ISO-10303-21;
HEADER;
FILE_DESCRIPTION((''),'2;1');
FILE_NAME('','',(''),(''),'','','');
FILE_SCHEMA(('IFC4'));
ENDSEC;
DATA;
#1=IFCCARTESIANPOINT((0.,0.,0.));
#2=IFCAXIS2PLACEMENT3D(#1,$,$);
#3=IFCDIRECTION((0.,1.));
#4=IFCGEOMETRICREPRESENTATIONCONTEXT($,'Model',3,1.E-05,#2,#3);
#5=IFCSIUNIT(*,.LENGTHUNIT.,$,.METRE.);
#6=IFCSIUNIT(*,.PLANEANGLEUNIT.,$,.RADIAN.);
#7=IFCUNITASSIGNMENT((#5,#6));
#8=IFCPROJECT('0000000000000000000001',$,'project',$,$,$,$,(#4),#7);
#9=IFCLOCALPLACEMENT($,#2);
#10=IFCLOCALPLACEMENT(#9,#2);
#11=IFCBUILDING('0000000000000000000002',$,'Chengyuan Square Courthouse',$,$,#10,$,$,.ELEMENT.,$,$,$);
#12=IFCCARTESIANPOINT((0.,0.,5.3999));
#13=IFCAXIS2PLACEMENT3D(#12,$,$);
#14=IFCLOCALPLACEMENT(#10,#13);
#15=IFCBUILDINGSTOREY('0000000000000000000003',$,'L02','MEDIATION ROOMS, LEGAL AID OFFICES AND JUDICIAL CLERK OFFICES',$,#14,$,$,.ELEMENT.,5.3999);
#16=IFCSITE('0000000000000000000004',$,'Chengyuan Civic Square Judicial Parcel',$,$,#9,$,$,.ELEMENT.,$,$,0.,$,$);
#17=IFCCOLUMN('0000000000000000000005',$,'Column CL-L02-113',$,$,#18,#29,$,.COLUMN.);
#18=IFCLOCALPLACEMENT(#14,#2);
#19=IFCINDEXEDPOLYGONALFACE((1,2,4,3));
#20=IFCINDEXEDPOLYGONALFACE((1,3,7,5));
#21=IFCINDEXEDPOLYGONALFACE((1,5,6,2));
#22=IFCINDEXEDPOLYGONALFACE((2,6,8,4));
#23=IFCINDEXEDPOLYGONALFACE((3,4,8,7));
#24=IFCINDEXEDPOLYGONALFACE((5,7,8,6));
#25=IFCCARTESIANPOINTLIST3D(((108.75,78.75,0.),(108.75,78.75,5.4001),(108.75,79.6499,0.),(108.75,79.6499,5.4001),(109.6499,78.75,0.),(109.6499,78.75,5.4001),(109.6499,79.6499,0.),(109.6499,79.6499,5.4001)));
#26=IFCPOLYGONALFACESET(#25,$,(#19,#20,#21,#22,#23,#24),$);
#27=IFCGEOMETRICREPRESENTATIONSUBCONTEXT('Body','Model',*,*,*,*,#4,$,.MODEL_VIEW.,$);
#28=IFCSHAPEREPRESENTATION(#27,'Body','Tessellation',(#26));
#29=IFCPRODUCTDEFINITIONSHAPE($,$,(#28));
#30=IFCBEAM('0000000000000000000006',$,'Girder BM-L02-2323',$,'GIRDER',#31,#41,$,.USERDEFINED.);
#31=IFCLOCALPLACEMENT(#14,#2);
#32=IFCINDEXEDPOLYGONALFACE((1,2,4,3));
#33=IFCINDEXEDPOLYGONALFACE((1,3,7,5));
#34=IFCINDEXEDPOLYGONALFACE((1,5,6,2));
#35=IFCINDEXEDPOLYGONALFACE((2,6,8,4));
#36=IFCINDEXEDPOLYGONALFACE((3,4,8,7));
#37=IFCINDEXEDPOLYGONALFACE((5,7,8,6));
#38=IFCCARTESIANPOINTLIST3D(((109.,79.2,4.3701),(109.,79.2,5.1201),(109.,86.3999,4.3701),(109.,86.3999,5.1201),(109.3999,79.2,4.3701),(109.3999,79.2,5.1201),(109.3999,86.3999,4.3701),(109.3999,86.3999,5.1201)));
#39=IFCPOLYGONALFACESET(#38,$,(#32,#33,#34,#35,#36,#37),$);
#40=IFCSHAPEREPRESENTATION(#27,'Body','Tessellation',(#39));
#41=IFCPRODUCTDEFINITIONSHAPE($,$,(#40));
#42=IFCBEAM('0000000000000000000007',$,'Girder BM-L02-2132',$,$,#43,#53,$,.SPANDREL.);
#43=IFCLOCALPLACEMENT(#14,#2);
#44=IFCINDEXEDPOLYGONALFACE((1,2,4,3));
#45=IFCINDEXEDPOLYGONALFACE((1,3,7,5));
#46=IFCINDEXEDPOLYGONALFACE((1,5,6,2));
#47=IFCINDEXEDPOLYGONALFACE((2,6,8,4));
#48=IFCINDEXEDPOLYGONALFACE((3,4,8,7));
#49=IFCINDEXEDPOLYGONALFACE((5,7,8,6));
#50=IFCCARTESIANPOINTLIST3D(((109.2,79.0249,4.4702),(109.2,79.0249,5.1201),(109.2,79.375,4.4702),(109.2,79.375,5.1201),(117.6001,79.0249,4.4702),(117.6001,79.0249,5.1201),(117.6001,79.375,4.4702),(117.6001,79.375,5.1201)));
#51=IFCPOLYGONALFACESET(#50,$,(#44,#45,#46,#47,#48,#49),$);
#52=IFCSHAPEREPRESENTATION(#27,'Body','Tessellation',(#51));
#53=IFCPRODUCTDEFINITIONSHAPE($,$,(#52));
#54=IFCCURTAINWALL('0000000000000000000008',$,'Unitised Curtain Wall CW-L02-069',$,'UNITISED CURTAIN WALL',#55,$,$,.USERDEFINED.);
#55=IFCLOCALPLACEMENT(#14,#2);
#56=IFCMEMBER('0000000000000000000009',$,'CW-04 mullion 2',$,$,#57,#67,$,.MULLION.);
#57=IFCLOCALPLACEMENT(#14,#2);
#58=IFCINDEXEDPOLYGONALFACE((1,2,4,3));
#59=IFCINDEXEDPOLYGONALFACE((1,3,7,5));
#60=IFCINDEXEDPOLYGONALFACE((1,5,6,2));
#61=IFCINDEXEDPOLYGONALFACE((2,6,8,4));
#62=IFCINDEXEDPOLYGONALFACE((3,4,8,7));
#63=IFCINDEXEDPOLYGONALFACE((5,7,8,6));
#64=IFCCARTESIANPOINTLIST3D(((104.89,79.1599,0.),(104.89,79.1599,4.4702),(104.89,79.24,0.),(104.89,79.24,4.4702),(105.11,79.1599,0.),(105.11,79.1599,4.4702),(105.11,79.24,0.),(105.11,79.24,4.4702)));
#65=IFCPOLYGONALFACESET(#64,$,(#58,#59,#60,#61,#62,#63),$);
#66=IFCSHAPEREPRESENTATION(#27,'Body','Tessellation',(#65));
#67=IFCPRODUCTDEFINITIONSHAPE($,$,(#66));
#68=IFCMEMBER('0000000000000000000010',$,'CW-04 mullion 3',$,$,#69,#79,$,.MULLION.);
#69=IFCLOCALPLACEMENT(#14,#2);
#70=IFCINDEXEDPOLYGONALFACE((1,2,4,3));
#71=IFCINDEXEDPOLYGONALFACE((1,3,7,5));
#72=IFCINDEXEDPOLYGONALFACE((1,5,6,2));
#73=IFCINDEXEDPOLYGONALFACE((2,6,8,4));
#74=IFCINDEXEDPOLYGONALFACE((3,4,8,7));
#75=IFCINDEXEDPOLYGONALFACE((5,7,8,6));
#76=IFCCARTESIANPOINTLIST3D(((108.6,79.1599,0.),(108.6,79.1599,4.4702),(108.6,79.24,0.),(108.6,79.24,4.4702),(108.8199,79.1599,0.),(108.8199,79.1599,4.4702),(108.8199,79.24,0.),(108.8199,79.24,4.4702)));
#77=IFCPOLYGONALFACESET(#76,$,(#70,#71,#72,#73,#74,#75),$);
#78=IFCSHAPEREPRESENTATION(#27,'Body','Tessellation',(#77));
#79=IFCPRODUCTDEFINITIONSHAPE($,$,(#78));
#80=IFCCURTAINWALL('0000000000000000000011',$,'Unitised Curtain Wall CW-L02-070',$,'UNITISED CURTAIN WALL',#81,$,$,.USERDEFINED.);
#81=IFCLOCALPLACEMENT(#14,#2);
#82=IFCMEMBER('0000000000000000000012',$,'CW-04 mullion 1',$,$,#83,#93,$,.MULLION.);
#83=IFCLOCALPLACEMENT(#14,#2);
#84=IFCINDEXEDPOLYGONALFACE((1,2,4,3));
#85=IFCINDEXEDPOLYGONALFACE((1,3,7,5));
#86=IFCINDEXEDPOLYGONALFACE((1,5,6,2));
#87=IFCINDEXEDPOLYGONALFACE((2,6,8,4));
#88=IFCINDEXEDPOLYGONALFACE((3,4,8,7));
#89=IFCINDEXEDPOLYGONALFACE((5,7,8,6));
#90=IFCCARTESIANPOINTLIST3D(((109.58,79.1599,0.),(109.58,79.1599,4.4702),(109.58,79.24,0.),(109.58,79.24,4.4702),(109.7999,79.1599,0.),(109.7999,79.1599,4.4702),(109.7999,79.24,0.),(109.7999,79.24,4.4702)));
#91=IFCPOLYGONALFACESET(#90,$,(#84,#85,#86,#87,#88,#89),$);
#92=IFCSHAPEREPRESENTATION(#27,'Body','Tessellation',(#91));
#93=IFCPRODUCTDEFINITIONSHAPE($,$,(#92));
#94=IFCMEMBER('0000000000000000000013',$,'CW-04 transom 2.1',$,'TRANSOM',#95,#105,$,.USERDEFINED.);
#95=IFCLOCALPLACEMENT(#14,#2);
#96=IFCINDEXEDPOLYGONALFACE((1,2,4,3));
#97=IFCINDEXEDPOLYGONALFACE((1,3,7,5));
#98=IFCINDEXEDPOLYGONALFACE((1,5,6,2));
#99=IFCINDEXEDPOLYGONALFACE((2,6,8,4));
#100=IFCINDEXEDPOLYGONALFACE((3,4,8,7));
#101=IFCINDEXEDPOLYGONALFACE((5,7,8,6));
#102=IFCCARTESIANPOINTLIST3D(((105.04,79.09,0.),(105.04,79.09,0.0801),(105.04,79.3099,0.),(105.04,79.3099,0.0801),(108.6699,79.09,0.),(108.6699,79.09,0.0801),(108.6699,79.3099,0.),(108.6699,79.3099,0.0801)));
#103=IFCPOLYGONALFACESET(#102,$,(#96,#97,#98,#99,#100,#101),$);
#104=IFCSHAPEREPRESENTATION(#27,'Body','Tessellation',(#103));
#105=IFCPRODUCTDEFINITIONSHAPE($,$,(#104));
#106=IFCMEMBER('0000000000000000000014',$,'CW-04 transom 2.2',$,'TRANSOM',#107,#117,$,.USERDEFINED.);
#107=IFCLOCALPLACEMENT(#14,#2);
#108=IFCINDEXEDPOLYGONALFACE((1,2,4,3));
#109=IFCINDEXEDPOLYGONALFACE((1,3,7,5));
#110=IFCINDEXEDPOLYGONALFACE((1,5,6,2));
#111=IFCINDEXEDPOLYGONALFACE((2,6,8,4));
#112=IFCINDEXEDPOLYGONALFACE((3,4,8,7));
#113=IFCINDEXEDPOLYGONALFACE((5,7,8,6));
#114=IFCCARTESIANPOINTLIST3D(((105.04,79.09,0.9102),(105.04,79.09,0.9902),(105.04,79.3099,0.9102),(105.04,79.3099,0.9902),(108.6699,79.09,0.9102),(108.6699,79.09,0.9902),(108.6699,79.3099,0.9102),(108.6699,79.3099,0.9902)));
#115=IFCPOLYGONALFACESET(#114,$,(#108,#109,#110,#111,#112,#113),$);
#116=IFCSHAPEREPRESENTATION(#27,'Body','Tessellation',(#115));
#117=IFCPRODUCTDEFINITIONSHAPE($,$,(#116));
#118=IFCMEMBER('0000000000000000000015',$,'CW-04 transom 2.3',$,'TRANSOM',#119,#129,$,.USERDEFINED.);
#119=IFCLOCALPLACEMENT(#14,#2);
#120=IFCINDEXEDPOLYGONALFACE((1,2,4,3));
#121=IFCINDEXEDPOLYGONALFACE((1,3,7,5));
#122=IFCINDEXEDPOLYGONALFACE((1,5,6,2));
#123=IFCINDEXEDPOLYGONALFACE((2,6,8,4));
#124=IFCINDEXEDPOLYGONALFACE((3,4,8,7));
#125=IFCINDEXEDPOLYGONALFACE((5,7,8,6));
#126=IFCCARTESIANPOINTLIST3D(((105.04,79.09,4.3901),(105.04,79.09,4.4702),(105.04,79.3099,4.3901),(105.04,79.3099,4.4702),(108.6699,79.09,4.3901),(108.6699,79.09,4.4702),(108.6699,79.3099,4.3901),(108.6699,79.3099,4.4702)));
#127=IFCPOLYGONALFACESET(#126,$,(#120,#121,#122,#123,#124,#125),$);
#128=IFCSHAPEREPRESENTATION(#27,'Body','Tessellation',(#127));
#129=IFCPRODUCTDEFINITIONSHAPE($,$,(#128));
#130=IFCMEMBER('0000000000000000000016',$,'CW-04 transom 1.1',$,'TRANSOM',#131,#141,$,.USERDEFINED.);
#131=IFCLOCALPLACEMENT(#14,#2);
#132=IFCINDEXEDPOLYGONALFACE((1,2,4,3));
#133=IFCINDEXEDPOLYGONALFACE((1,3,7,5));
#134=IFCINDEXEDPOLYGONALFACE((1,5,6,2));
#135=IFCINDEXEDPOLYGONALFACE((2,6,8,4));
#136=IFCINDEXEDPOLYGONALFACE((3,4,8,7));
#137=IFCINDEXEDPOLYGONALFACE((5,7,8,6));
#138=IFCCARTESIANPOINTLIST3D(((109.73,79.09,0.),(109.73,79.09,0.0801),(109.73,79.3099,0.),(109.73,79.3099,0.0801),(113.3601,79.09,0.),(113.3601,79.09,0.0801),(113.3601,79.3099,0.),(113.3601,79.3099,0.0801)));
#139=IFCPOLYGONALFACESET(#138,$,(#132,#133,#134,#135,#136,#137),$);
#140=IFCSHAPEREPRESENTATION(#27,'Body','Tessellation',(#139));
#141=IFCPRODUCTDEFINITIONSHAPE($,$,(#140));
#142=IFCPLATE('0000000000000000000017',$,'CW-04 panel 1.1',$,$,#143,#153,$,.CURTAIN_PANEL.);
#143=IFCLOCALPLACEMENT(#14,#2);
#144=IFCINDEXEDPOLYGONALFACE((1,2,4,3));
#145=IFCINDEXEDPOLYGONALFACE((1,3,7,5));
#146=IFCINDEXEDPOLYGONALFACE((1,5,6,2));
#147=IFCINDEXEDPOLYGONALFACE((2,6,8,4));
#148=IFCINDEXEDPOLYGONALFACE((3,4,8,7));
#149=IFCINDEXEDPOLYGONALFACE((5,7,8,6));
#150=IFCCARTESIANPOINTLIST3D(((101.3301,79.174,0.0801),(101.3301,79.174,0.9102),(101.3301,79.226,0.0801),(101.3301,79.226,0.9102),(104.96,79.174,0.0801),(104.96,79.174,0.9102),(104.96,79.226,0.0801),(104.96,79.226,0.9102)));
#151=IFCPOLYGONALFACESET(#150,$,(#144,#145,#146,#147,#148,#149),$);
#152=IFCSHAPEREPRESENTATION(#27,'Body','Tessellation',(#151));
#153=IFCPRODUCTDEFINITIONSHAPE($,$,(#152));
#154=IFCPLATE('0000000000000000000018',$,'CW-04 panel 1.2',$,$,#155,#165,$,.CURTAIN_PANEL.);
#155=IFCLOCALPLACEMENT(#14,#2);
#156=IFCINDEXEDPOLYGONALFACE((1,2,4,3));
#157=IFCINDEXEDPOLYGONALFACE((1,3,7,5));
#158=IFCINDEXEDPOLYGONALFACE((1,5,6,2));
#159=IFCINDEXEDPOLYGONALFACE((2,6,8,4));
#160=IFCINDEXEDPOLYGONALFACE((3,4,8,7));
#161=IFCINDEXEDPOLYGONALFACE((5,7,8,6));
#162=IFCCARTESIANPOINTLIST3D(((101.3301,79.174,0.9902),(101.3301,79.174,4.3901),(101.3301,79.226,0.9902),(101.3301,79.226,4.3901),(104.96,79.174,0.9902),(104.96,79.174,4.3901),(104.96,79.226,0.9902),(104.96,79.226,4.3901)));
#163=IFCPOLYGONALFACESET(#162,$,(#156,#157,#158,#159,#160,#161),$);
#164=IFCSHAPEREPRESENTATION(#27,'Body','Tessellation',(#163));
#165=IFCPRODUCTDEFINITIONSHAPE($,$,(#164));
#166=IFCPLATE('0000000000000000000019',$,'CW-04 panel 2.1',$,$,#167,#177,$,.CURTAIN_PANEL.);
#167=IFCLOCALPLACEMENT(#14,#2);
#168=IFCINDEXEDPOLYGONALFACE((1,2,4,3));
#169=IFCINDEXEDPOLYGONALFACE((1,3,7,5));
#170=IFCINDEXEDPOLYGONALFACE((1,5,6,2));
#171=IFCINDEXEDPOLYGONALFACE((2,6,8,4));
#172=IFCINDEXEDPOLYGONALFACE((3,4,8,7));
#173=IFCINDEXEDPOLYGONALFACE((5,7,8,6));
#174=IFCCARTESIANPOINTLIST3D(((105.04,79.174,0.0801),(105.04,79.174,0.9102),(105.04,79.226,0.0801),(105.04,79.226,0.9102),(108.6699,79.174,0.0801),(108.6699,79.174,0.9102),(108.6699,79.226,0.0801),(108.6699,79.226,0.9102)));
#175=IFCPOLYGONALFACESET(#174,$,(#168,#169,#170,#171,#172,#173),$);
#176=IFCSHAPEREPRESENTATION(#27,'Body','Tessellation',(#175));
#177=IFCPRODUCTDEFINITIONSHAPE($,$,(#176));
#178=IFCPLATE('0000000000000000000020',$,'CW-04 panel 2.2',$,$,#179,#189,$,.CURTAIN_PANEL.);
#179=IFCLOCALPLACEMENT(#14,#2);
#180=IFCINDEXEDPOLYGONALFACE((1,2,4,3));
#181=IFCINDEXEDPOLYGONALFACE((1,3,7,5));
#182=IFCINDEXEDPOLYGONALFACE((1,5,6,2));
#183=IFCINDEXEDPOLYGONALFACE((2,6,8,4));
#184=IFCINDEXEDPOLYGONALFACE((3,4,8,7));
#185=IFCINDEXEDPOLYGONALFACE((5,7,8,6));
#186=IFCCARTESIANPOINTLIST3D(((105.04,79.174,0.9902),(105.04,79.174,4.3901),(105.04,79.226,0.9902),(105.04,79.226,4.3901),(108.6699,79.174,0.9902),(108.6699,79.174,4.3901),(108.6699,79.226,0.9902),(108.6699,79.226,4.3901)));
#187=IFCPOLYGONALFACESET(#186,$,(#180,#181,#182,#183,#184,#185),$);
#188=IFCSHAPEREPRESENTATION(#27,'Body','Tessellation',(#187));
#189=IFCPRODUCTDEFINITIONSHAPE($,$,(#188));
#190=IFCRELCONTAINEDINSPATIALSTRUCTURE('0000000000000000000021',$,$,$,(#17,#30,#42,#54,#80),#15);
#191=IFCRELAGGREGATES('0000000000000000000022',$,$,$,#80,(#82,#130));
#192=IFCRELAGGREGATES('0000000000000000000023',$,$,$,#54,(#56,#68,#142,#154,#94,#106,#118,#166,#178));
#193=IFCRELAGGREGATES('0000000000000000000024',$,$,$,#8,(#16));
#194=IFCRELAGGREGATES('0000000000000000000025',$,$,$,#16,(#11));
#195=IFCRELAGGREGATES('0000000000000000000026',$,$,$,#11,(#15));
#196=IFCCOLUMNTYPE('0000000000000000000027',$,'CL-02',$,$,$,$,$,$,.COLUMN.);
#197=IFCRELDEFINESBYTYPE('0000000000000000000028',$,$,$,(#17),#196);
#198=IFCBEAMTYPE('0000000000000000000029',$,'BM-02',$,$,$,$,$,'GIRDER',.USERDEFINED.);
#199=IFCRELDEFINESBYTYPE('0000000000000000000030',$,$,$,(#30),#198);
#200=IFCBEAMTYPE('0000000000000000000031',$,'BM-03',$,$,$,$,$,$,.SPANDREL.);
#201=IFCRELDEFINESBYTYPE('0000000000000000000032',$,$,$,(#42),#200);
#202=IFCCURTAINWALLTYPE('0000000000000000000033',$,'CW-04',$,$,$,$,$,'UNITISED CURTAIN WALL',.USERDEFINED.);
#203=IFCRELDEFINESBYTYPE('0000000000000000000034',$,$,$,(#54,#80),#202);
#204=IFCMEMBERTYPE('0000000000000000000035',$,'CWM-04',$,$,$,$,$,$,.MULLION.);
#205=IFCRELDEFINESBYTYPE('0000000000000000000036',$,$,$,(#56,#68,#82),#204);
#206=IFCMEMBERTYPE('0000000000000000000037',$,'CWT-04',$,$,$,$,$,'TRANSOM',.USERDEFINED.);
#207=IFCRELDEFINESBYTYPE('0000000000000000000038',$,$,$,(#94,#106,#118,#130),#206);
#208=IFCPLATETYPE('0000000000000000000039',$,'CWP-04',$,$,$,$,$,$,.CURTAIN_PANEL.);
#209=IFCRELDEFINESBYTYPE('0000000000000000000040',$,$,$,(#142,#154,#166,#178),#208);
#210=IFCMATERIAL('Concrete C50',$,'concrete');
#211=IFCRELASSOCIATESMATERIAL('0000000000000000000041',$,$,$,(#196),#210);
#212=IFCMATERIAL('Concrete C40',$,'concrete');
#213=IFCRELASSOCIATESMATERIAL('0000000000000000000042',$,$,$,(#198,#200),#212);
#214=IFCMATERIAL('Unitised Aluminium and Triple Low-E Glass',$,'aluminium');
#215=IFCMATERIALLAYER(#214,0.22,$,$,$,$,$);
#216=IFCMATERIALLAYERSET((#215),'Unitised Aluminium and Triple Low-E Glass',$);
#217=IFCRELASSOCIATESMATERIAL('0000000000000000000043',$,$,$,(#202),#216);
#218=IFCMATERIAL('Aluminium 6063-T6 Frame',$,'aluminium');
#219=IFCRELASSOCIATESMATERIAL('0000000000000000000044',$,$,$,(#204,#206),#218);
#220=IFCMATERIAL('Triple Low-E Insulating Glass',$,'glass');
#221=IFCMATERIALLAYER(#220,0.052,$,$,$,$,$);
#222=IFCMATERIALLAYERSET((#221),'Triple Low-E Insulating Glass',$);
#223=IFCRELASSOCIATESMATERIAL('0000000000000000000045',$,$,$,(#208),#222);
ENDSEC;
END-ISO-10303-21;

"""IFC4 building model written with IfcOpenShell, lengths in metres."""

from ifc_helpers import new_model, si_unit, direction, frame, origin, origin_2d, place, context, subcontext, project, spatial, rectangle, extrude, material, layer, layer_set, material_profile, profile_set, type_object, element, aggregate, save


model = new_model("IFC4")

# Units and contexts
model_context = context("Model", 3, precision=1e-05, world=origin(), true_north=direction((0.0, 1.0)))
body_context = subcontext(model_context, "Body", "Model", "MODEL_VIEW")
ifc_project = project(units=[si_unit("LENGTHUNIT", "METRE"), si_unit("PLANEANGLEUNIT", "RADIAN")], contexts=[model_context])

# Site, building, storey
site_placement = place(None, origin())
site = spatial("IfcSite", under=ifc_project, at=site_placement, Name="Chengyuan Civic Square Judicial Parcel", CompositionType="ELEMENT", RefElevation=0.0)
building_placement = place(site_placement, origin())
building = spatial("IfcBuilding", under=site, at=building_placement, Name="Chengyuan Square Courthouse", CompositionType="ELEMENT")
storey_placement = place(building_placement, frame((0.0, 0.0, 5.3999)))
storey = spatial("IfcBuildingStorey", under=building, at=storey_placement, Name="L02", Description="MEDIATION ROOMS, LEGAL AID OFFICES AND JUDICIAL CLERK OFFICES", CompositionType="ELEMENT", Elevation=5.3999)

# Column
ifc_material_1 = material(Name="Concrete C50", Category="concrete")
ifc_material_profile_1 = material_profile(ifc_material_1, rectangle(XDim=0.8999, YDim=0.8999, at=origin_2d()), Name="RC-COL-900x900")
ifc_profile_set_1 = profile_set([ifc_material_profile_1], Name="Concrete C50")
column_type = type_object("IfcColumnType", Name="CL-02", PredefinedType="COLUMN", material=ifc_profile_set_1)
column_placement = place(storey_placement, frame((109.2, 79.2, 0.0), z_axis=(0.0, 0.0, 1.0), x_axis=(1.0, 0.0, 0.0)))
element("IfcColumn", 1, at=column_placement, inside=storey, type_object=column_type, Name="Column CL-L02-113", PredefinedType="COLUMN", context=body_context, shape_type="SweptSolid", body=[
    extrude(rectangle(XDim=0.8999, YDim=0.8999, at=origin_2d()), origin(), (0.0, 0.0, 1.0), 5.4001),
])

# Beams
ifc_material_2 = material(Name="Concrete C40", Category="concrete")
ifc_material_profile_2 = material_profile(ifc_material_2, rectangle(XDim=0.3999, YDim=0.75, at=origin_2d()), Name="RC-BM-400x750")
ifc_profile_set_2 = profile_set([ifc_material_profile_2], Name="Concrete C40")
beam_type_1 = type_object("IfcBeamType", Name="BM-02", ElementType="GIRDER", PredefinedType="USERDEFINED", material=ifc_profile_set_2)
beam_1_placement = place(storey_placement, frame((109.2, 79.2, 4.7451), z_axis=(0.0, 1.0, 0.0), x_axis=(-1.0, 0.0, 0.0)))
element("IfcBeam", 2, at=beam_1_placement, inside=storey, type_object=beam_type_1, Name="Girder BM-L02-2323", ObjectType="GIRDER", PredefinedType="USERDEFINED", context=body_context, shape_type="SweptSolid", body=[
    extrude(rectangle(XDim=0.3999, YDim=0.75, at=origin_2d()), origin(), (0.0, 0.0, 1.0), 7.2),
])
ifc_material_profile_3 = material_profile(ifc_material_2, rectangle(XDim=0.3501, YDim=0.6499, at=origin_2d()), Name="RC-BM-350x650")
ifc_profile_set_3 = profile_set([ifc_material_profile_3], Name="Concrete C40")
beam_type_2 = type_object("IfcBeamType", Name="BM-03", PredefinedType="SPANDREL", material=ifc_profile_set_3)
beam_2_placement = place(storey_placement, frame((109.2, 79.2, 4.7952), z_axis=(1.0, 0.0, 0.0), x_axis=(0.0, 1.0, 0.0)))
element("IfcBeam", 3, at=beam_2_placement, inside=storey, type_object=beam_type_2, Name="Girder BM-L02-2132", PredefinedType="SPANDREL", context=body_context, shape_type="SweptSolid", body=[
    extrude(rectangle(XDim=0.3501, YDim=0.6499, at=origin_2d()), origin(), (0.0, 0.0, 1.0), 8.4001),
])

# Curtain wall, members
ifc_material_3 = material(Name="Unitised Aluminium and Triple Low-E Glass", Category="aluminium")
ifc_layer_1 = layer(ifc_material_3, 0.22)
ifc_layer_set_1 = layer_set([ifc_layer_1], Name="Unitised Aluminium and Triple Low-E Glass")
curtain_wall_type = type_object("IfcCurtainWallType", Name="CW-04", ElementType="UNITISED CURTAIN WALL", PredefinedType="USERDEFINED", material=ifc_layer_set_1)
curtain_wall_1_placement = place(storey_placement, origin())
curtain_wall_1 = element("IfcCurtainWall", 4, at=curtain_wall_1_placement, inside=storey, type_object=curtain_wall_type, Name="Unitised Curtain Wall CW-L02-069", ObjectType="UNITISED CURTAIN WALL", PredefinedType="USERDEFINED")
ifc_material_4 = material(Name="Aluminium 6063-T6 Frame", Category="aluminium")
ifc_material_profile_4 = material_profile(ifc_material_4, rectangle(XDim=0.0801, YDim=0.22, at=origin_2d()), Name="CW-MUL-80x220")
ifc_profile_set_4 = profile_set([ifc_material_profile_4], Name="Aluminium 6063-T6 Frame")
member_type_1 = type_object("IfcMemberType", Name="CWM-04", PredefinedType="MULLION", material=ifc_profile_set_4)
member_1_placement = place(storey_placement, frame((105.0, 79.2, 0.0), z_axis=(0.0, 0.0, 1.0), x_axis=(0.0, 1.0, 0.0)))
member_1 = element("IfcMember", 5, at=member_1_placement, type_object=member_type_1, Name="CW-04 mullion 2", PredefinedType="MULLION", context=body_context, shape_type="SweptSolid", body=[
    extrude(rectangle(XDim=0.0801, YDim=0.22, at=origin_2d()), origin(), (0.0, 0.0, 1.0), 4.4702),
])
member_2_placement = place(storey_placement, frame((108.71, 79.2, 0.0), z_axis=(0.0, 0.0, 1.0), x_axis=(0.0, 1.0, 0.0)))
member_2 = element("IfcMember", 6, at=member_2_placement, type_object=member_type_1, Name="CW-04 mullion 3", PredefinedType="MULLION", context=body_context, shape_type="SweptSolid", body=[
    extrude(rectangle(XDim=0.0801, YDim=0.22, at=origin_2d()), origin(), (0.0, 0.0, 1.0), 4.4702),
])

# Curtain wall, member
curtain_wall_2_placement = place(storey_placement, origin())
curtain_wall_2 = element("IfcCurtainWall", 7, at=curtain_wall_2_placement, inside=storey, type_object=curtain_wall_type, Name="Unitised Curtain Wall CW-L02-070", ObjectType="UNITISED CURTAIN WALL", PredefinedType="USERDEFINED")
member_3_placement = place(storey_placement, frame((109.6899, 79.2, 0.0), z_axis=(0.0, 0.0, 1.0), x_axis=(0.0, 1.0, 0.0)))
member_3 = element("IfcMember", 8, at=member_3_placement, type_object=member_type_1, Name="CW-04 mullion 1", PredefinedType="MULLION", context=body_context, shape_type="SweptSolid", body=[
    extrude(rectangle(XDim=0.0801, YDim=0.22, at=origin_2d()), origin(), (0.0, 0.0, 1.0), 4.4702),
])

# Members
ifc_material_profile_5 = material_profile(ifc_material_4, rectangle(XDim=0.22, YDim=0.0801, at=origin_2d()), Name="CW-TRN-80x180")
ifc_profile_set_5 = profile_set([ifc_material_profile_5], Name="Aluminium 6063-T6 Frame")
member_type_2 = type_object("IfcMemberType", Name="CWT-04", ElementType="TRANSOM", PredefinedType="USERDEFINED", material=ifc_profile_set_5)
member_4_placement = place(storey_placement, frame((105.04, 79.2, 0.04), z_axis=(1.0, 0.0, 0.0), x_axis=(0.0, 1.0, 0.0)))
member_4 = element("IfcMember", 9, at=member_4_placement, type_object=member_type_2, Name="CW-04 transom 2.1", ObjectType="TRANSOM", PredefinedType="USERDEFINED", context=body_context, shape_type="SweptSolid", body=[
    extrude(rectangle(XDim=0.22, YDim=0.0801, at=origin_2d()), origin(), (0.0, 0.0, 1.0), 3.6299),
])
member_5_placement = place(storey_placement, frame((105.04, 79.2, 0.9502), z_axis=(1.0, 0.0, 0.0), x_axis=(0.0, 1.0, 0.0)))
member_5 = element("IfcMember", 10, at=member_5_placement, type_object=member_type_2, Name="CW-04 transom 2.2", ObjectType="TRANSOM", PredefinedType="USERDEFINED", context=body_context, shape_type="SweptSolid", body=[
    extrude(rectangle(XDim=0.22, YDim=0.0801, at=origin_2d()), origin(), (0.0, 0.0, 1.0), 3.6299),
])
member_6_placement = place(storey_placement, frame((105.04, 79.2, 4.4302), z_axis=(1.0, 0.0, 0.0), x_axis=(0.0, 1.0, 0.0)))
member_6 = element("IfcMember", 11, at=member_6_placement, type_object=member_type_2, Name="CW-04 transom 2.3", ObjectType="TRANSOM", PredefinedType="USERDEFINED", context=body_context, shape_type="SweptSolid", body=[
    extrude(rectangle(XDim=0.22, YDim=0.0801, at=origin_2d()), origin(), (0.0, 0.0, 1.0), 3.6299),
])
member_7_placement = place(storey_placement, frame((109.73, 79.2, 0.04), z_axis=(1.0, 0.0, 0.0), x_axis=(0.0, 1.0, 0.0)))
member_7 = element("IfcMember", 12, at=member_7_placement, type_object=member_type_2, Name="CW-04 transom 1.1", ObjectType="TRANSOM", PredefinedType="USERDEFINED", context=body_context, shape_type="SweptSolid", body=[
    extrude(rectangle(XDim=0.22, YDim=0.0801, at=origin_2d()), origin(), (0.0, 0.0, 1.0), 3.6301),
])
aggregate(curtain_wall_2, [member_3, member_7])

# Plates
ifc_material_5 = material(Name="Triple Low-E Insulating Glass", Category="glass")
ifc_layer_2 = layer(ifc_material_5, 0.052)
ifc_layer_set_2 = layer_set([ifc_layer_2], Name="Triple Low-E Insulating Glass")
plate_type = type_object("IfcPlateType", Name="CWP-04", PredefinedType="CURTAIN_PANEL", material=ifc_layer_set_2)
plate_1_placement = place(storey_placement, frame((103.145, 79.2, 0.0801), z_axis=(0.0, 0.0, 1.0), x_axis=(1.0, 0.0, 0.0)))
plate_1 = element("IfcPlate", 13, at=plate_1_placement, type_object=plate_type, Name="CW-04 panel 1.1", PredefinedType="CURTAIN_PANEL", context=body_context, shape_type="SweptSolid", body=[
    extrude(rectangle(XDim=3.6299, YDim=0.052, at=origin_2d()), origin(), (0.0, 0.0, 1.0), 0.8301),
])
plate_2_placement = place(storey_placement, frame((103.145, 79.2, 0.9902), z_axis=(0.0, 0.0, 1.0), x_axis=(1.0, 0.0, 0.0)))
plate_2 = element("IfcPlate", 14, at=plate_2_placement, type_object=plate_type, Name="CW-04 panel 1.2", PredefinedType="CURTAIN_PANEL", context=body_context, shape_type="SweptSolid", body=[
    extrude(rectangle(XDim=3.6299, YDim=0.052, at=origin_2d()), origin(), (0.0, 0.0, 1.0), 3.3999),
])
plate_3_placement = place(storey_placement, frame((106.855, 79.2, 0.0801), z_axis=(0.0, 0.0, 1.0), x_axis=(1.0, 0.0, 0.0)))
plate_3 = element("IfcPlate", 15, at=plate_3_placement, type_object=plate_type, Name="CW-04 panel 2.1", PredefinedType="CURTAIN_PANEL", context=body_context, shape_type="SweptSolid", body=[
    extrude(rectangle(XDim=3.6299, YDim=0.052, at=origin_2d()), origin(), (0.0, 0.0, 1.0), 0.8301),
])
plate_4_placement = place(storey_placement, frame((106.855, 79.2, 0.9902), z_axis=(0.0, 0.0, 1.0), x_axis=(1.0, 0.0, 0.0)))
plate_4 = element("IfcPlate", 16, at=plate_4_placement, type_object=plate_type, Name="CW-04 panel 2.2", PredefinedType="CURTAIN_PANEL", context=body_context, shape_type="SweptSolid", body=[
    extrude(rectangle(XDim=3.6299, YDim=0.052, at=origin_2d()), origin(), (0.0, 0.0, 1.0), 3.3999),
])
aggregate(curtain_wall_1, [member_1, member_2, plate_1, plate_2, member_4, member_5, member_6, plate_3, plate_4])

save(model, "model.ifc")
